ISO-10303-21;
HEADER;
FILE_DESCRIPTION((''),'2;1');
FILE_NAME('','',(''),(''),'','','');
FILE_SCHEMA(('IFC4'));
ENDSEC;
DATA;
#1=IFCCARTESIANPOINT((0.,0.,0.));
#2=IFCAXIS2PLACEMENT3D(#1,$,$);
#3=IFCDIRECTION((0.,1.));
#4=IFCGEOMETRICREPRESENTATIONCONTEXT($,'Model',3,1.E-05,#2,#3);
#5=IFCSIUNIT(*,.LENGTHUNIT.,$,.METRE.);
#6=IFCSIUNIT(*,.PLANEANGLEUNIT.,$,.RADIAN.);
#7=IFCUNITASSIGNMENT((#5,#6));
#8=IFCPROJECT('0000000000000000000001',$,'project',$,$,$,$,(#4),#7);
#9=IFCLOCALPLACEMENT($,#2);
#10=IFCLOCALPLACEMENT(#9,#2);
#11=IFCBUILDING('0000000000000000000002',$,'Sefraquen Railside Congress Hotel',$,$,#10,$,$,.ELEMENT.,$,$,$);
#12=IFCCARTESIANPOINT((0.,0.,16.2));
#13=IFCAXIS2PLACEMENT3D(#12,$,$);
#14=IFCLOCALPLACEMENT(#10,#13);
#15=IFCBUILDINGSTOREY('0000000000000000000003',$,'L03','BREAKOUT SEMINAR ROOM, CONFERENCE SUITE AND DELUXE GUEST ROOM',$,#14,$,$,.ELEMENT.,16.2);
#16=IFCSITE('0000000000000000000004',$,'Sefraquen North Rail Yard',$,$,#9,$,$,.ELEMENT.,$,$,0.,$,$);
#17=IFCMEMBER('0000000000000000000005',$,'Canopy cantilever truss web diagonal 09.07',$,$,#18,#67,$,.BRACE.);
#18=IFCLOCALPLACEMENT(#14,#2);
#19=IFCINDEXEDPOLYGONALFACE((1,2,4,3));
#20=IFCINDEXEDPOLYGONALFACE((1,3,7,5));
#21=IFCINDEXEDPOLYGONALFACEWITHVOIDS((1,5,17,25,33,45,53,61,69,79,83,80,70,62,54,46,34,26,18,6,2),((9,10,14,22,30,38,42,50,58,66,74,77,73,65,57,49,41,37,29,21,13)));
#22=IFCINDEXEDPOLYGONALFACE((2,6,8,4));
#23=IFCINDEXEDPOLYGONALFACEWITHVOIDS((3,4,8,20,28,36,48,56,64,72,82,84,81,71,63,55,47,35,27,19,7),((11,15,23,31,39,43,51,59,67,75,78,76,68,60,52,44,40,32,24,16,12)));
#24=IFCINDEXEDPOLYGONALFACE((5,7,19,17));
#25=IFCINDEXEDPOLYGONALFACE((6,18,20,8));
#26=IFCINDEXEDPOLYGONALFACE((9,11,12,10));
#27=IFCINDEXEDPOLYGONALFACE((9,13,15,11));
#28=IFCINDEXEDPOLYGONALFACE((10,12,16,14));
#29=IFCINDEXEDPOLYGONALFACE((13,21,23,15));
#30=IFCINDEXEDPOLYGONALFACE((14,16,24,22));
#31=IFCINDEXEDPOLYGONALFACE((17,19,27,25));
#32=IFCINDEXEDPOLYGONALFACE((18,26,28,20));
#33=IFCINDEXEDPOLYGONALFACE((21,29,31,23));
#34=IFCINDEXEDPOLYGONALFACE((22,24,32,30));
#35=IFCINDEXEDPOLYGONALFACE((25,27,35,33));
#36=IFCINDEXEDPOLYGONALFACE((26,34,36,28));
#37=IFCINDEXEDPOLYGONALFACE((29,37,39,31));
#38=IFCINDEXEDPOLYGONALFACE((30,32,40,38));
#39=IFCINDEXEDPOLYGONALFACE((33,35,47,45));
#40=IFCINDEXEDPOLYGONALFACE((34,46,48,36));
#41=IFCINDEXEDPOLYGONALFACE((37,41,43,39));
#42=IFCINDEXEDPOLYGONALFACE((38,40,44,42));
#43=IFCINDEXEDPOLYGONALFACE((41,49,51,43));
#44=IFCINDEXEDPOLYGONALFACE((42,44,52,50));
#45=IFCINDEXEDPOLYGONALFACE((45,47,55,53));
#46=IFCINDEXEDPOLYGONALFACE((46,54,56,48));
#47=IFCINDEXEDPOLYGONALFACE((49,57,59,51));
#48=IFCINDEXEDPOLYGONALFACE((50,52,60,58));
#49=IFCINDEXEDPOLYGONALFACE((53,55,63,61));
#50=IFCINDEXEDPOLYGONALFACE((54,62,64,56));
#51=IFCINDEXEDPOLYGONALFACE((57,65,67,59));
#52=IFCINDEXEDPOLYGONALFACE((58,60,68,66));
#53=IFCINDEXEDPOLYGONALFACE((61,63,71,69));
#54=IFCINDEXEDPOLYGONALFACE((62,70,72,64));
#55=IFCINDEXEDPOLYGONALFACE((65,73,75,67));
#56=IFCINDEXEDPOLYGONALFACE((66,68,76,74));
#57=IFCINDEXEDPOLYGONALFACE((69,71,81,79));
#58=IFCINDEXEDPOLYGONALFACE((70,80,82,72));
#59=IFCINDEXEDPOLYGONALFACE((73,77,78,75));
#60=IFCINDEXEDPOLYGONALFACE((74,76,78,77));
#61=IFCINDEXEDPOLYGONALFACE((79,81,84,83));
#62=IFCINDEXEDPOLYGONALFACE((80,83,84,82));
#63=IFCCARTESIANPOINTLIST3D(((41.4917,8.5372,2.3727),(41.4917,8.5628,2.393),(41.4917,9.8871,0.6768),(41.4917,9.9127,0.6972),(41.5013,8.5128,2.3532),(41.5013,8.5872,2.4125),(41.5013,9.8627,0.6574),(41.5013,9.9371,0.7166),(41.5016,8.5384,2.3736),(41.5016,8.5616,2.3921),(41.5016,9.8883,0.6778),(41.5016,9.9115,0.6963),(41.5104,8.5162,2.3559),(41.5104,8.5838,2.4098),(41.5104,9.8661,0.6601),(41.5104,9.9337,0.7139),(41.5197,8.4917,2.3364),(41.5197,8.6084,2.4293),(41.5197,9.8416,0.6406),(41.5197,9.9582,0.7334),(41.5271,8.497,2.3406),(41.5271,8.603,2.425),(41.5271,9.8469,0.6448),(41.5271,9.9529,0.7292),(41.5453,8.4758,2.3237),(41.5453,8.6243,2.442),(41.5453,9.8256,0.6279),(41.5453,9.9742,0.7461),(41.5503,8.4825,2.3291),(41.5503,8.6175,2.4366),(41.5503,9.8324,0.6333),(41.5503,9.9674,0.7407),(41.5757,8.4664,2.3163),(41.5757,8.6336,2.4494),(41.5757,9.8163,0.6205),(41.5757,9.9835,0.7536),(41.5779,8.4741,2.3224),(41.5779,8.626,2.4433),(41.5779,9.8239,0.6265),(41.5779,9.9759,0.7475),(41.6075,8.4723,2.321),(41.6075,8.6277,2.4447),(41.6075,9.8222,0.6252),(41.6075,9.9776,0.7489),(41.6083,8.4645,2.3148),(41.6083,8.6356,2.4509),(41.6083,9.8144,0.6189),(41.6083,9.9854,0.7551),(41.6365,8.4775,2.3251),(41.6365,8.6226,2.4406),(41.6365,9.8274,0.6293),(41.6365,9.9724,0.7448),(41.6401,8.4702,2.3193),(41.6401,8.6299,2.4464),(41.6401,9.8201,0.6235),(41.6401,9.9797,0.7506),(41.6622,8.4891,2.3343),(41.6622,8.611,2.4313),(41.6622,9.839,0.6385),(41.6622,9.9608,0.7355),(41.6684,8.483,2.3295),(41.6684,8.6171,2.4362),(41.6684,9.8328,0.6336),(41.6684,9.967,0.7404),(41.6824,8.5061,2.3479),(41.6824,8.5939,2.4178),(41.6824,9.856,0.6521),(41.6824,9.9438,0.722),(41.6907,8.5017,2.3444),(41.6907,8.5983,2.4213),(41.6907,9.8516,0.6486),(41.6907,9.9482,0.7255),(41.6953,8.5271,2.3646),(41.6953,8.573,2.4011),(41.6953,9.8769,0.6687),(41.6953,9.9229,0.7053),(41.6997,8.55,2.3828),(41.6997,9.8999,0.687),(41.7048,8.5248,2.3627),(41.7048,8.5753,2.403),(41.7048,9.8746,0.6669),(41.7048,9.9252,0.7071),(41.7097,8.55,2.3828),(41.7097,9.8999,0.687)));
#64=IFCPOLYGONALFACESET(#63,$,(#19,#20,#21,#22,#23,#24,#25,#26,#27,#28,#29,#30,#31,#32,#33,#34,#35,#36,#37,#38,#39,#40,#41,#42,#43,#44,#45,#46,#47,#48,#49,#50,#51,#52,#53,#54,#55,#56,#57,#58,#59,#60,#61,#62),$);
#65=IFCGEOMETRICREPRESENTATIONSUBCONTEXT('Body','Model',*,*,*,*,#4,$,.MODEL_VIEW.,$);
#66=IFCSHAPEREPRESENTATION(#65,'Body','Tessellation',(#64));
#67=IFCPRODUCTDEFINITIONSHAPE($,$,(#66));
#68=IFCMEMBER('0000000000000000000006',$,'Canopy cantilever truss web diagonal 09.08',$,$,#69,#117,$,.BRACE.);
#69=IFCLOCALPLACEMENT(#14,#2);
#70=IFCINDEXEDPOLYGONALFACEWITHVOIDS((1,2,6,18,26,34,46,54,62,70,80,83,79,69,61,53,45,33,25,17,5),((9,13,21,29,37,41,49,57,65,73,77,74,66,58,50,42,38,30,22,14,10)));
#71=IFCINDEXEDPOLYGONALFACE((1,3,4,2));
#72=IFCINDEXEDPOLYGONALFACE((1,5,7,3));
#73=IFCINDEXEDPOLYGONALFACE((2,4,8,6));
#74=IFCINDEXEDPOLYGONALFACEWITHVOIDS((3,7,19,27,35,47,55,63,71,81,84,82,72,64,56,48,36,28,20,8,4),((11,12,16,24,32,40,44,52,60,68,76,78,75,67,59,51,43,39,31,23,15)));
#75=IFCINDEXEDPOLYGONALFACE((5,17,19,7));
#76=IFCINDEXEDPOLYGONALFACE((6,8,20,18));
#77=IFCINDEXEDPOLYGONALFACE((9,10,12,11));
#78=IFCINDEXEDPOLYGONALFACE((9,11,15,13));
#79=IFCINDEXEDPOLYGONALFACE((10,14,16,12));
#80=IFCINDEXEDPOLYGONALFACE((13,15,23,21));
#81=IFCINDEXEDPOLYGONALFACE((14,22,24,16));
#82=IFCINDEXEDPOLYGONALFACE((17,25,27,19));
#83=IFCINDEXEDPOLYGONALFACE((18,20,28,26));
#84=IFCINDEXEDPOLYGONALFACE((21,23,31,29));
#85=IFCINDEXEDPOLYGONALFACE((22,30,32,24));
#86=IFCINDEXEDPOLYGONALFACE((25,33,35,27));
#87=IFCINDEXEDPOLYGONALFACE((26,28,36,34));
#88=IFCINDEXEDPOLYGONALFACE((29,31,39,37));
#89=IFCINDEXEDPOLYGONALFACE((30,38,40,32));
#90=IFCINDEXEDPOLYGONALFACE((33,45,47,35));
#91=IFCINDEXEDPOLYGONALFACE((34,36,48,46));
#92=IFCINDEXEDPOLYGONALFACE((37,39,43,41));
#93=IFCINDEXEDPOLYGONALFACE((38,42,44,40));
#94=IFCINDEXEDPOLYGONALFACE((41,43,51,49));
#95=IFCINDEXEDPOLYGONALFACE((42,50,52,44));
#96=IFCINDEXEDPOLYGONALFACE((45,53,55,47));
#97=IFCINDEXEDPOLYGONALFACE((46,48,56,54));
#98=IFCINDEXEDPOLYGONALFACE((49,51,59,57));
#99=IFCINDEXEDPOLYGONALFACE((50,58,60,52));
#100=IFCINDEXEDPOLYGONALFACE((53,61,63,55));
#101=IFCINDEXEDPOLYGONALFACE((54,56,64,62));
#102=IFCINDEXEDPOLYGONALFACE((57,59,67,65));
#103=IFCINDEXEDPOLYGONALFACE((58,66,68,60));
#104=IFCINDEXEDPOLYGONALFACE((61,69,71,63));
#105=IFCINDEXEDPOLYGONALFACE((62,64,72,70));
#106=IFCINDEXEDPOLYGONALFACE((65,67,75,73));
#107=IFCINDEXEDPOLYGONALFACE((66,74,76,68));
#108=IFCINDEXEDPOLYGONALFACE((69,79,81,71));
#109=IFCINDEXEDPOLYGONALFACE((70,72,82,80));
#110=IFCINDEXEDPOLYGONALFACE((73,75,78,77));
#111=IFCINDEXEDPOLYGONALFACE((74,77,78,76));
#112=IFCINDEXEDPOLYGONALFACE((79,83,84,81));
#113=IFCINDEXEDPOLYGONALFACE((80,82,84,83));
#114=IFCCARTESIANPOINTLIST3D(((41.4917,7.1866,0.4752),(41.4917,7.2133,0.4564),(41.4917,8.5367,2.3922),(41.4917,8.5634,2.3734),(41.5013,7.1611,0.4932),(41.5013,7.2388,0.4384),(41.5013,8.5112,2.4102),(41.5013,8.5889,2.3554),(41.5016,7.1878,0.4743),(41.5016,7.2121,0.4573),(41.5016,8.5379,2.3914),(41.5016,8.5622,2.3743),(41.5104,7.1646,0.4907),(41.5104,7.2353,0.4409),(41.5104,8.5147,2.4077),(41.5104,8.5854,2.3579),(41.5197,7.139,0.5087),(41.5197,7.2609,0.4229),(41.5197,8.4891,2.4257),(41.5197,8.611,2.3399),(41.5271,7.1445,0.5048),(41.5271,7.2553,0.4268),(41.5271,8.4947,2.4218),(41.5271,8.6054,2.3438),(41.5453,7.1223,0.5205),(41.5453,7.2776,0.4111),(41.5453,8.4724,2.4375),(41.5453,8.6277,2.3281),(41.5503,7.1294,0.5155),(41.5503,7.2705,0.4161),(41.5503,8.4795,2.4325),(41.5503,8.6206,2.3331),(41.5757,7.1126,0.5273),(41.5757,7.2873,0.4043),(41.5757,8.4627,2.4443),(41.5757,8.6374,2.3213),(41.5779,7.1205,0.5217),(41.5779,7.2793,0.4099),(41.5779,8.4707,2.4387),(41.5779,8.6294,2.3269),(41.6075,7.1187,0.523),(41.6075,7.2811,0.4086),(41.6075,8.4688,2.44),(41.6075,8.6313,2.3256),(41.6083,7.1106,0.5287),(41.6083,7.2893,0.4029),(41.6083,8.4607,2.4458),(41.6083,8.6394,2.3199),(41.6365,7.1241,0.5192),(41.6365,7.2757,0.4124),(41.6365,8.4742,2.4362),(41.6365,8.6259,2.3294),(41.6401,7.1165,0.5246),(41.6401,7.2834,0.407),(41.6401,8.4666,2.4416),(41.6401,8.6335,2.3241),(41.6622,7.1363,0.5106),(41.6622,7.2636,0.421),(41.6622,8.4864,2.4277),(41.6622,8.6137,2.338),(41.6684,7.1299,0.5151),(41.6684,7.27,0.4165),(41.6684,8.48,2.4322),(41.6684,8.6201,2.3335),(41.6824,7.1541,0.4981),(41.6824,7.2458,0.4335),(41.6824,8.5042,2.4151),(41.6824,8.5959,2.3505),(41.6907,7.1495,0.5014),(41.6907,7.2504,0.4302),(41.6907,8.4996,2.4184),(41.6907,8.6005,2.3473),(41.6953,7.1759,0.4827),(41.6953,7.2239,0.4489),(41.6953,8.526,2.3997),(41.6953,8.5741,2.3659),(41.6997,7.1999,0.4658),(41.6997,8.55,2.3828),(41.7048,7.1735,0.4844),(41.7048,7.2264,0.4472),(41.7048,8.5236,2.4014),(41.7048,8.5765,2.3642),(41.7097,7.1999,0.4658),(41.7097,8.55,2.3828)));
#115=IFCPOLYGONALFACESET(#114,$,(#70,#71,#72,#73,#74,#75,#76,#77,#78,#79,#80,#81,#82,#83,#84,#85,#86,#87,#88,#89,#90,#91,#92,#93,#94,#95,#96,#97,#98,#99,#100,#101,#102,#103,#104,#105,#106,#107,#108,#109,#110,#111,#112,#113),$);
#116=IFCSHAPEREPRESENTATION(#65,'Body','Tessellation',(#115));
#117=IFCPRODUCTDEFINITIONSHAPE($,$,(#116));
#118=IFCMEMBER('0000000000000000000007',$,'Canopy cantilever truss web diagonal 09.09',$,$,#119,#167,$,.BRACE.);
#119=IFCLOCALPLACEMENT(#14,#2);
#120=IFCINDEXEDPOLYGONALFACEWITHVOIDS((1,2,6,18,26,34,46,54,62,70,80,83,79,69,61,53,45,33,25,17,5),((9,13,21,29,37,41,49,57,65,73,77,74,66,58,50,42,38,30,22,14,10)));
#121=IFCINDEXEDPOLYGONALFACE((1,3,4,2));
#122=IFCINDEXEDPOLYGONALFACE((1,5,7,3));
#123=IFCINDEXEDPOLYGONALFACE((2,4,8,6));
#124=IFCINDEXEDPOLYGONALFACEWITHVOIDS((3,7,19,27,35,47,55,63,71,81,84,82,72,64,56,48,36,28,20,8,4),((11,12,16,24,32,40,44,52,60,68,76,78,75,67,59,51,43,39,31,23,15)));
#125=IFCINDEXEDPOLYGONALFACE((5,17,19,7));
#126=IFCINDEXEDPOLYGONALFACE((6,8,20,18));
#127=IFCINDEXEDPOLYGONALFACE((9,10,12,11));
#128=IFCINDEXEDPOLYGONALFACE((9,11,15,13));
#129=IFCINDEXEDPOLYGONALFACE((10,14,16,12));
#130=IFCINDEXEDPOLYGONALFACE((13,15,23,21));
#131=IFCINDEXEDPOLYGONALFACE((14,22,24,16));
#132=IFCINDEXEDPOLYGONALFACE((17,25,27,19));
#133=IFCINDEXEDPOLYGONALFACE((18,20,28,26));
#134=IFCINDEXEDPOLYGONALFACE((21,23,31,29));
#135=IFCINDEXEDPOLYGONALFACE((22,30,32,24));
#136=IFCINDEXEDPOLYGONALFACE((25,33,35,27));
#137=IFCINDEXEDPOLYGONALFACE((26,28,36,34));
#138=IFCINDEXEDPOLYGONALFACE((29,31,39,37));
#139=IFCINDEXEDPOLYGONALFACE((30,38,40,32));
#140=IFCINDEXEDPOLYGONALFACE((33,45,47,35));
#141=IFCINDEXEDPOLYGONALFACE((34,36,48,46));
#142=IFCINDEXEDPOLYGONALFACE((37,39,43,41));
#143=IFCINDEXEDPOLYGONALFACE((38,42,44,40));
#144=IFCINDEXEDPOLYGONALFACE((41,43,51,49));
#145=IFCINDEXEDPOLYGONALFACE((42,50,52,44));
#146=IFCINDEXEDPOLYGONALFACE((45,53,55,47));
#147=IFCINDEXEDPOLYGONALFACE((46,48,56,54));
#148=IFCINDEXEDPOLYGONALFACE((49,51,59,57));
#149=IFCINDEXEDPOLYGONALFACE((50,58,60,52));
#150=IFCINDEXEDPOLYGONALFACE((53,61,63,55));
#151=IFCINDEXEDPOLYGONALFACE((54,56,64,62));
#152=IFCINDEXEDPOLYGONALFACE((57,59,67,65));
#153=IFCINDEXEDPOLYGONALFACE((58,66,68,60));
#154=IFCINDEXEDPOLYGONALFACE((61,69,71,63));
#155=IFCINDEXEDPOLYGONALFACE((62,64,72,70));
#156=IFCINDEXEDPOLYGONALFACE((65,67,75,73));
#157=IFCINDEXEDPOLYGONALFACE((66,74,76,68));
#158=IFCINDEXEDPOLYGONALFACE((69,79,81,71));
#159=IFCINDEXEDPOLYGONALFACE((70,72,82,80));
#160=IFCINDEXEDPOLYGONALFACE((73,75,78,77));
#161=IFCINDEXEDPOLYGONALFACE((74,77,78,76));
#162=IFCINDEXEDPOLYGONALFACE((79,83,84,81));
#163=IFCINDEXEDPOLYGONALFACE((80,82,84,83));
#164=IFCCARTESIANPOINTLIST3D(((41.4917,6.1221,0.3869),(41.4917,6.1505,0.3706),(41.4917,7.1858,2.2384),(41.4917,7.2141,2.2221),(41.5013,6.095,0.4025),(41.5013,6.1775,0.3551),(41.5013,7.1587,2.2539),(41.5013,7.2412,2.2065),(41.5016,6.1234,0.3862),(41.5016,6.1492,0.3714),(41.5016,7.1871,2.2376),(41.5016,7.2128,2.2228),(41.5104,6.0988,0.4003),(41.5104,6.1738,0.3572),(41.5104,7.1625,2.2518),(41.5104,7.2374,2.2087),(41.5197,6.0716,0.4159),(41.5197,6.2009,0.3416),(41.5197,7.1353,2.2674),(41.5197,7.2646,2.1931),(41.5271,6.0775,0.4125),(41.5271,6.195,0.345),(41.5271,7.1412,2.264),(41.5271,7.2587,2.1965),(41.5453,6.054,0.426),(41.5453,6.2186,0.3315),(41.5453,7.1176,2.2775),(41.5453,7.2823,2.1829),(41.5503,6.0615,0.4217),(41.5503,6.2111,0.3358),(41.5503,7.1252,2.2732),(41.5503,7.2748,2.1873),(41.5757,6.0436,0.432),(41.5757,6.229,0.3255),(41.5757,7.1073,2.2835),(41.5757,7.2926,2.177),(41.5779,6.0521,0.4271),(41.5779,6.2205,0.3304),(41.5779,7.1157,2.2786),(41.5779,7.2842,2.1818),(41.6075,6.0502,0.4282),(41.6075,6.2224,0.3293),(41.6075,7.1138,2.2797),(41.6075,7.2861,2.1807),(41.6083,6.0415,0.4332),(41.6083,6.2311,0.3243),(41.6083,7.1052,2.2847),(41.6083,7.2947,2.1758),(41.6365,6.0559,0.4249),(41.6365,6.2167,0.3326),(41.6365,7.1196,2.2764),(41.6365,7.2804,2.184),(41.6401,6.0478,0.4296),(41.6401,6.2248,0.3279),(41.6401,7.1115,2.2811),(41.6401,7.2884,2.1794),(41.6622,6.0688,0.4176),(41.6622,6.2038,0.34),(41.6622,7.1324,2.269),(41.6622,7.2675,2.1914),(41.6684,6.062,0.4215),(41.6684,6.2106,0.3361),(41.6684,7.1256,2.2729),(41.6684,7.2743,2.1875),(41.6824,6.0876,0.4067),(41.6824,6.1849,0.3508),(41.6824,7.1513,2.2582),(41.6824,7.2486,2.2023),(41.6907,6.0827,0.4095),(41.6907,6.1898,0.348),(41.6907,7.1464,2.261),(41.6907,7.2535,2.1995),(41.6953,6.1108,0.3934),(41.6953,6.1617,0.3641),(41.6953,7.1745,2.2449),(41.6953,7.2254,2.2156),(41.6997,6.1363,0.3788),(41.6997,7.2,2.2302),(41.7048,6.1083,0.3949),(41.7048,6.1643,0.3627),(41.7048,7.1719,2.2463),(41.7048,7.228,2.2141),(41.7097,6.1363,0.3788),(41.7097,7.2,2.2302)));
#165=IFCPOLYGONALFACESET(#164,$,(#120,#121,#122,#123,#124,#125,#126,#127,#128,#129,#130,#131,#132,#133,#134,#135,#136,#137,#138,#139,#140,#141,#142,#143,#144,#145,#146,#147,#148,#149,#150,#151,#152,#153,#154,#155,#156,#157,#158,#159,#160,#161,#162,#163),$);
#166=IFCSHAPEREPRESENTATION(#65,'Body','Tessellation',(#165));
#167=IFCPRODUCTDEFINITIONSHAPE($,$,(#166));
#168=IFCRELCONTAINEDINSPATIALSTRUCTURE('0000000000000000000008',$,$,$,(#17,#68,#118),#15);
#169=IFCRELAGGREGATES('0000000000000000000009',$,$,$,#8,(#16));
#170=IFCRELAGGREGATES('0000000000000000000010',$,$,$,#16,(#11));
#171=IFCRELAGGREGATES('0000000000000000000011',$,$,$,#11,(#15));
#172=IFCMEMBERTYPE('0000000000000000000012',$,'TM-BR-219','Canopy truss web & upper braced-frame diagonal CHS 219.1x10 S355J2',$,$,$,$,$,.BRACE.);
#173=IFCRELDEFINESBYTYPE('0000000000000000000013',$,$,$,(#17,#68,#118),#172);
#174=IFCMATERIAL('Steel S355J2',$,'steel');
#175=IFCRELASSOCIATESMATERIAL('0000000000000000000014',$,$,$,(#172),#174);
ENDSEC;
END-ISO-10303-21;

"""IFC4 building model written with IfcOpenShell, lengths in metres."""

from ifc_helpers import new_model, si_unit, direction, frame, origin, origin_2d, place, context, subcontext, project, spatial, hollow_circle, extrude, material, material_profile, profile_set, type_object, element, save


model = new_model("IFC4")

# Units and contexts
model_context = context("Model", 3, precision=1e-05, world=origin(), true_north=direction((0.0, 1.0)))
body_context = subcontext(model_context, "Body", "Model", "MODEL_VIEW")
ifc_project = project(units=[si_unit("LENGTHUNIT", "METRE"), si_unit("PLANEANGLEUNIT", "RADIAN")], contexts=[model_context])

# Site, building, storey
site_placement = place(None, origin())
site = spatial("IfcSite", under=ifc_project, at=site_placement, Name="Sefraquen North Rail Yard", CompositionType="ELEMENT", RefElevation=0.0)
building_placement = place(site_placement, origin())
building = spatial("IfcBuilding", under=site, at=building_placement, Name="Sefraquen Railside Congress Hotel", CompositionType="ELEMENT")
storey_placement = place(building_placement, frame((0.0, 0.0, 16.2)))
storey = spatial("IfcBuildingStorey", under=building, at=storey_placement, Name="L03", Description="BREAKOUT SEMINAR ROOM, CONFERENCE SUITE AND DELUXE GUEST ROOM", CompositionType="ELEMENT", Elevation=16.2)

# Members
ifc_material_1 = material(Name="Steel S355J2", Category="steel")
ifc_material_profile_1 = material_profile(ifc_material_1, hollow_circle(Radius=0.1096, WallThickness=0.01, at=origin_2d()), Name="CHS 219.1x10")
ifc_profile_set_1 = profile_set([ifc_material_profile_1], Name="Steel S355J2")
member_type_1 = type_object("IfcMemberType", Name="TM-BR-219", Description="Canopy truss web & upper braced-frame diagonal CHS 219.1x10 S355J2", PredefinedType="BRACE", material=ifc_profile_set_1)
member_1_placement = place(storey_placement, frame((41.6001, 9.8999, 0.687), z_axis=(0.0, -0.622784, 0.782394), x_axis=(1.0, 0.0, 0.0)))
element("IfcMember", 1, at=member_1_placement, inside=storey, type_object=member_type_1, Name="Canopy cantilever truss web diagonal 09.07", PredefinedType="BRACE", context=body_context, shape_type="SweptSolid", body=[
    extrude(hollow_circle(Radius=0.1096, WallThickness=0.01, at=origin_2d()), origin(), (0.0, 0.0, 1.0), 2.1675),
])
member_2_placement = place(storey_placement, frame((41.6001, 8.55, 2.3828), z_axis=(0.0, -0.575808, -0.817585), x_axis=(1.0, 0.0, 0.0)))
element("IfcMember", 2, at=member_2_placement, inside=storey, type_object=member_type_1, Name="Canopy cantilever truss web diagonal 09.08", PredefinedType="BRACE", context=body_context, shape_type="SweptSolid", body=[
    extrude(hollow_circle(Radius=0.1096, WallThickness=0.01, at=origin_2d()), origin(), (0.0, 0.0, 1.0), 2.3447),
])
member_3_placement = place(storey_placement, frame((41.6001, 7.2, 2.2302), z_axis=(0.0, -0.498145, -0.867094), x_axis=(1.0, 0.0, 0.0)))
element("IfcMember", 3, at=member_3_placement, inside=storey, type_object=member_type_1, Name="Canopy cantilever truss web diagonal 09.09", PredefinedType="BRACE", context=body_context, shape_type="SweptSolid", body=[
    extrude(hollow_circle(Radius=0.1096, WallThickness=0.01, at=origin_2d()), origin(), (0.0, 0.0, 1.0), 2.1353),
])

save(model, "model.ifc")
